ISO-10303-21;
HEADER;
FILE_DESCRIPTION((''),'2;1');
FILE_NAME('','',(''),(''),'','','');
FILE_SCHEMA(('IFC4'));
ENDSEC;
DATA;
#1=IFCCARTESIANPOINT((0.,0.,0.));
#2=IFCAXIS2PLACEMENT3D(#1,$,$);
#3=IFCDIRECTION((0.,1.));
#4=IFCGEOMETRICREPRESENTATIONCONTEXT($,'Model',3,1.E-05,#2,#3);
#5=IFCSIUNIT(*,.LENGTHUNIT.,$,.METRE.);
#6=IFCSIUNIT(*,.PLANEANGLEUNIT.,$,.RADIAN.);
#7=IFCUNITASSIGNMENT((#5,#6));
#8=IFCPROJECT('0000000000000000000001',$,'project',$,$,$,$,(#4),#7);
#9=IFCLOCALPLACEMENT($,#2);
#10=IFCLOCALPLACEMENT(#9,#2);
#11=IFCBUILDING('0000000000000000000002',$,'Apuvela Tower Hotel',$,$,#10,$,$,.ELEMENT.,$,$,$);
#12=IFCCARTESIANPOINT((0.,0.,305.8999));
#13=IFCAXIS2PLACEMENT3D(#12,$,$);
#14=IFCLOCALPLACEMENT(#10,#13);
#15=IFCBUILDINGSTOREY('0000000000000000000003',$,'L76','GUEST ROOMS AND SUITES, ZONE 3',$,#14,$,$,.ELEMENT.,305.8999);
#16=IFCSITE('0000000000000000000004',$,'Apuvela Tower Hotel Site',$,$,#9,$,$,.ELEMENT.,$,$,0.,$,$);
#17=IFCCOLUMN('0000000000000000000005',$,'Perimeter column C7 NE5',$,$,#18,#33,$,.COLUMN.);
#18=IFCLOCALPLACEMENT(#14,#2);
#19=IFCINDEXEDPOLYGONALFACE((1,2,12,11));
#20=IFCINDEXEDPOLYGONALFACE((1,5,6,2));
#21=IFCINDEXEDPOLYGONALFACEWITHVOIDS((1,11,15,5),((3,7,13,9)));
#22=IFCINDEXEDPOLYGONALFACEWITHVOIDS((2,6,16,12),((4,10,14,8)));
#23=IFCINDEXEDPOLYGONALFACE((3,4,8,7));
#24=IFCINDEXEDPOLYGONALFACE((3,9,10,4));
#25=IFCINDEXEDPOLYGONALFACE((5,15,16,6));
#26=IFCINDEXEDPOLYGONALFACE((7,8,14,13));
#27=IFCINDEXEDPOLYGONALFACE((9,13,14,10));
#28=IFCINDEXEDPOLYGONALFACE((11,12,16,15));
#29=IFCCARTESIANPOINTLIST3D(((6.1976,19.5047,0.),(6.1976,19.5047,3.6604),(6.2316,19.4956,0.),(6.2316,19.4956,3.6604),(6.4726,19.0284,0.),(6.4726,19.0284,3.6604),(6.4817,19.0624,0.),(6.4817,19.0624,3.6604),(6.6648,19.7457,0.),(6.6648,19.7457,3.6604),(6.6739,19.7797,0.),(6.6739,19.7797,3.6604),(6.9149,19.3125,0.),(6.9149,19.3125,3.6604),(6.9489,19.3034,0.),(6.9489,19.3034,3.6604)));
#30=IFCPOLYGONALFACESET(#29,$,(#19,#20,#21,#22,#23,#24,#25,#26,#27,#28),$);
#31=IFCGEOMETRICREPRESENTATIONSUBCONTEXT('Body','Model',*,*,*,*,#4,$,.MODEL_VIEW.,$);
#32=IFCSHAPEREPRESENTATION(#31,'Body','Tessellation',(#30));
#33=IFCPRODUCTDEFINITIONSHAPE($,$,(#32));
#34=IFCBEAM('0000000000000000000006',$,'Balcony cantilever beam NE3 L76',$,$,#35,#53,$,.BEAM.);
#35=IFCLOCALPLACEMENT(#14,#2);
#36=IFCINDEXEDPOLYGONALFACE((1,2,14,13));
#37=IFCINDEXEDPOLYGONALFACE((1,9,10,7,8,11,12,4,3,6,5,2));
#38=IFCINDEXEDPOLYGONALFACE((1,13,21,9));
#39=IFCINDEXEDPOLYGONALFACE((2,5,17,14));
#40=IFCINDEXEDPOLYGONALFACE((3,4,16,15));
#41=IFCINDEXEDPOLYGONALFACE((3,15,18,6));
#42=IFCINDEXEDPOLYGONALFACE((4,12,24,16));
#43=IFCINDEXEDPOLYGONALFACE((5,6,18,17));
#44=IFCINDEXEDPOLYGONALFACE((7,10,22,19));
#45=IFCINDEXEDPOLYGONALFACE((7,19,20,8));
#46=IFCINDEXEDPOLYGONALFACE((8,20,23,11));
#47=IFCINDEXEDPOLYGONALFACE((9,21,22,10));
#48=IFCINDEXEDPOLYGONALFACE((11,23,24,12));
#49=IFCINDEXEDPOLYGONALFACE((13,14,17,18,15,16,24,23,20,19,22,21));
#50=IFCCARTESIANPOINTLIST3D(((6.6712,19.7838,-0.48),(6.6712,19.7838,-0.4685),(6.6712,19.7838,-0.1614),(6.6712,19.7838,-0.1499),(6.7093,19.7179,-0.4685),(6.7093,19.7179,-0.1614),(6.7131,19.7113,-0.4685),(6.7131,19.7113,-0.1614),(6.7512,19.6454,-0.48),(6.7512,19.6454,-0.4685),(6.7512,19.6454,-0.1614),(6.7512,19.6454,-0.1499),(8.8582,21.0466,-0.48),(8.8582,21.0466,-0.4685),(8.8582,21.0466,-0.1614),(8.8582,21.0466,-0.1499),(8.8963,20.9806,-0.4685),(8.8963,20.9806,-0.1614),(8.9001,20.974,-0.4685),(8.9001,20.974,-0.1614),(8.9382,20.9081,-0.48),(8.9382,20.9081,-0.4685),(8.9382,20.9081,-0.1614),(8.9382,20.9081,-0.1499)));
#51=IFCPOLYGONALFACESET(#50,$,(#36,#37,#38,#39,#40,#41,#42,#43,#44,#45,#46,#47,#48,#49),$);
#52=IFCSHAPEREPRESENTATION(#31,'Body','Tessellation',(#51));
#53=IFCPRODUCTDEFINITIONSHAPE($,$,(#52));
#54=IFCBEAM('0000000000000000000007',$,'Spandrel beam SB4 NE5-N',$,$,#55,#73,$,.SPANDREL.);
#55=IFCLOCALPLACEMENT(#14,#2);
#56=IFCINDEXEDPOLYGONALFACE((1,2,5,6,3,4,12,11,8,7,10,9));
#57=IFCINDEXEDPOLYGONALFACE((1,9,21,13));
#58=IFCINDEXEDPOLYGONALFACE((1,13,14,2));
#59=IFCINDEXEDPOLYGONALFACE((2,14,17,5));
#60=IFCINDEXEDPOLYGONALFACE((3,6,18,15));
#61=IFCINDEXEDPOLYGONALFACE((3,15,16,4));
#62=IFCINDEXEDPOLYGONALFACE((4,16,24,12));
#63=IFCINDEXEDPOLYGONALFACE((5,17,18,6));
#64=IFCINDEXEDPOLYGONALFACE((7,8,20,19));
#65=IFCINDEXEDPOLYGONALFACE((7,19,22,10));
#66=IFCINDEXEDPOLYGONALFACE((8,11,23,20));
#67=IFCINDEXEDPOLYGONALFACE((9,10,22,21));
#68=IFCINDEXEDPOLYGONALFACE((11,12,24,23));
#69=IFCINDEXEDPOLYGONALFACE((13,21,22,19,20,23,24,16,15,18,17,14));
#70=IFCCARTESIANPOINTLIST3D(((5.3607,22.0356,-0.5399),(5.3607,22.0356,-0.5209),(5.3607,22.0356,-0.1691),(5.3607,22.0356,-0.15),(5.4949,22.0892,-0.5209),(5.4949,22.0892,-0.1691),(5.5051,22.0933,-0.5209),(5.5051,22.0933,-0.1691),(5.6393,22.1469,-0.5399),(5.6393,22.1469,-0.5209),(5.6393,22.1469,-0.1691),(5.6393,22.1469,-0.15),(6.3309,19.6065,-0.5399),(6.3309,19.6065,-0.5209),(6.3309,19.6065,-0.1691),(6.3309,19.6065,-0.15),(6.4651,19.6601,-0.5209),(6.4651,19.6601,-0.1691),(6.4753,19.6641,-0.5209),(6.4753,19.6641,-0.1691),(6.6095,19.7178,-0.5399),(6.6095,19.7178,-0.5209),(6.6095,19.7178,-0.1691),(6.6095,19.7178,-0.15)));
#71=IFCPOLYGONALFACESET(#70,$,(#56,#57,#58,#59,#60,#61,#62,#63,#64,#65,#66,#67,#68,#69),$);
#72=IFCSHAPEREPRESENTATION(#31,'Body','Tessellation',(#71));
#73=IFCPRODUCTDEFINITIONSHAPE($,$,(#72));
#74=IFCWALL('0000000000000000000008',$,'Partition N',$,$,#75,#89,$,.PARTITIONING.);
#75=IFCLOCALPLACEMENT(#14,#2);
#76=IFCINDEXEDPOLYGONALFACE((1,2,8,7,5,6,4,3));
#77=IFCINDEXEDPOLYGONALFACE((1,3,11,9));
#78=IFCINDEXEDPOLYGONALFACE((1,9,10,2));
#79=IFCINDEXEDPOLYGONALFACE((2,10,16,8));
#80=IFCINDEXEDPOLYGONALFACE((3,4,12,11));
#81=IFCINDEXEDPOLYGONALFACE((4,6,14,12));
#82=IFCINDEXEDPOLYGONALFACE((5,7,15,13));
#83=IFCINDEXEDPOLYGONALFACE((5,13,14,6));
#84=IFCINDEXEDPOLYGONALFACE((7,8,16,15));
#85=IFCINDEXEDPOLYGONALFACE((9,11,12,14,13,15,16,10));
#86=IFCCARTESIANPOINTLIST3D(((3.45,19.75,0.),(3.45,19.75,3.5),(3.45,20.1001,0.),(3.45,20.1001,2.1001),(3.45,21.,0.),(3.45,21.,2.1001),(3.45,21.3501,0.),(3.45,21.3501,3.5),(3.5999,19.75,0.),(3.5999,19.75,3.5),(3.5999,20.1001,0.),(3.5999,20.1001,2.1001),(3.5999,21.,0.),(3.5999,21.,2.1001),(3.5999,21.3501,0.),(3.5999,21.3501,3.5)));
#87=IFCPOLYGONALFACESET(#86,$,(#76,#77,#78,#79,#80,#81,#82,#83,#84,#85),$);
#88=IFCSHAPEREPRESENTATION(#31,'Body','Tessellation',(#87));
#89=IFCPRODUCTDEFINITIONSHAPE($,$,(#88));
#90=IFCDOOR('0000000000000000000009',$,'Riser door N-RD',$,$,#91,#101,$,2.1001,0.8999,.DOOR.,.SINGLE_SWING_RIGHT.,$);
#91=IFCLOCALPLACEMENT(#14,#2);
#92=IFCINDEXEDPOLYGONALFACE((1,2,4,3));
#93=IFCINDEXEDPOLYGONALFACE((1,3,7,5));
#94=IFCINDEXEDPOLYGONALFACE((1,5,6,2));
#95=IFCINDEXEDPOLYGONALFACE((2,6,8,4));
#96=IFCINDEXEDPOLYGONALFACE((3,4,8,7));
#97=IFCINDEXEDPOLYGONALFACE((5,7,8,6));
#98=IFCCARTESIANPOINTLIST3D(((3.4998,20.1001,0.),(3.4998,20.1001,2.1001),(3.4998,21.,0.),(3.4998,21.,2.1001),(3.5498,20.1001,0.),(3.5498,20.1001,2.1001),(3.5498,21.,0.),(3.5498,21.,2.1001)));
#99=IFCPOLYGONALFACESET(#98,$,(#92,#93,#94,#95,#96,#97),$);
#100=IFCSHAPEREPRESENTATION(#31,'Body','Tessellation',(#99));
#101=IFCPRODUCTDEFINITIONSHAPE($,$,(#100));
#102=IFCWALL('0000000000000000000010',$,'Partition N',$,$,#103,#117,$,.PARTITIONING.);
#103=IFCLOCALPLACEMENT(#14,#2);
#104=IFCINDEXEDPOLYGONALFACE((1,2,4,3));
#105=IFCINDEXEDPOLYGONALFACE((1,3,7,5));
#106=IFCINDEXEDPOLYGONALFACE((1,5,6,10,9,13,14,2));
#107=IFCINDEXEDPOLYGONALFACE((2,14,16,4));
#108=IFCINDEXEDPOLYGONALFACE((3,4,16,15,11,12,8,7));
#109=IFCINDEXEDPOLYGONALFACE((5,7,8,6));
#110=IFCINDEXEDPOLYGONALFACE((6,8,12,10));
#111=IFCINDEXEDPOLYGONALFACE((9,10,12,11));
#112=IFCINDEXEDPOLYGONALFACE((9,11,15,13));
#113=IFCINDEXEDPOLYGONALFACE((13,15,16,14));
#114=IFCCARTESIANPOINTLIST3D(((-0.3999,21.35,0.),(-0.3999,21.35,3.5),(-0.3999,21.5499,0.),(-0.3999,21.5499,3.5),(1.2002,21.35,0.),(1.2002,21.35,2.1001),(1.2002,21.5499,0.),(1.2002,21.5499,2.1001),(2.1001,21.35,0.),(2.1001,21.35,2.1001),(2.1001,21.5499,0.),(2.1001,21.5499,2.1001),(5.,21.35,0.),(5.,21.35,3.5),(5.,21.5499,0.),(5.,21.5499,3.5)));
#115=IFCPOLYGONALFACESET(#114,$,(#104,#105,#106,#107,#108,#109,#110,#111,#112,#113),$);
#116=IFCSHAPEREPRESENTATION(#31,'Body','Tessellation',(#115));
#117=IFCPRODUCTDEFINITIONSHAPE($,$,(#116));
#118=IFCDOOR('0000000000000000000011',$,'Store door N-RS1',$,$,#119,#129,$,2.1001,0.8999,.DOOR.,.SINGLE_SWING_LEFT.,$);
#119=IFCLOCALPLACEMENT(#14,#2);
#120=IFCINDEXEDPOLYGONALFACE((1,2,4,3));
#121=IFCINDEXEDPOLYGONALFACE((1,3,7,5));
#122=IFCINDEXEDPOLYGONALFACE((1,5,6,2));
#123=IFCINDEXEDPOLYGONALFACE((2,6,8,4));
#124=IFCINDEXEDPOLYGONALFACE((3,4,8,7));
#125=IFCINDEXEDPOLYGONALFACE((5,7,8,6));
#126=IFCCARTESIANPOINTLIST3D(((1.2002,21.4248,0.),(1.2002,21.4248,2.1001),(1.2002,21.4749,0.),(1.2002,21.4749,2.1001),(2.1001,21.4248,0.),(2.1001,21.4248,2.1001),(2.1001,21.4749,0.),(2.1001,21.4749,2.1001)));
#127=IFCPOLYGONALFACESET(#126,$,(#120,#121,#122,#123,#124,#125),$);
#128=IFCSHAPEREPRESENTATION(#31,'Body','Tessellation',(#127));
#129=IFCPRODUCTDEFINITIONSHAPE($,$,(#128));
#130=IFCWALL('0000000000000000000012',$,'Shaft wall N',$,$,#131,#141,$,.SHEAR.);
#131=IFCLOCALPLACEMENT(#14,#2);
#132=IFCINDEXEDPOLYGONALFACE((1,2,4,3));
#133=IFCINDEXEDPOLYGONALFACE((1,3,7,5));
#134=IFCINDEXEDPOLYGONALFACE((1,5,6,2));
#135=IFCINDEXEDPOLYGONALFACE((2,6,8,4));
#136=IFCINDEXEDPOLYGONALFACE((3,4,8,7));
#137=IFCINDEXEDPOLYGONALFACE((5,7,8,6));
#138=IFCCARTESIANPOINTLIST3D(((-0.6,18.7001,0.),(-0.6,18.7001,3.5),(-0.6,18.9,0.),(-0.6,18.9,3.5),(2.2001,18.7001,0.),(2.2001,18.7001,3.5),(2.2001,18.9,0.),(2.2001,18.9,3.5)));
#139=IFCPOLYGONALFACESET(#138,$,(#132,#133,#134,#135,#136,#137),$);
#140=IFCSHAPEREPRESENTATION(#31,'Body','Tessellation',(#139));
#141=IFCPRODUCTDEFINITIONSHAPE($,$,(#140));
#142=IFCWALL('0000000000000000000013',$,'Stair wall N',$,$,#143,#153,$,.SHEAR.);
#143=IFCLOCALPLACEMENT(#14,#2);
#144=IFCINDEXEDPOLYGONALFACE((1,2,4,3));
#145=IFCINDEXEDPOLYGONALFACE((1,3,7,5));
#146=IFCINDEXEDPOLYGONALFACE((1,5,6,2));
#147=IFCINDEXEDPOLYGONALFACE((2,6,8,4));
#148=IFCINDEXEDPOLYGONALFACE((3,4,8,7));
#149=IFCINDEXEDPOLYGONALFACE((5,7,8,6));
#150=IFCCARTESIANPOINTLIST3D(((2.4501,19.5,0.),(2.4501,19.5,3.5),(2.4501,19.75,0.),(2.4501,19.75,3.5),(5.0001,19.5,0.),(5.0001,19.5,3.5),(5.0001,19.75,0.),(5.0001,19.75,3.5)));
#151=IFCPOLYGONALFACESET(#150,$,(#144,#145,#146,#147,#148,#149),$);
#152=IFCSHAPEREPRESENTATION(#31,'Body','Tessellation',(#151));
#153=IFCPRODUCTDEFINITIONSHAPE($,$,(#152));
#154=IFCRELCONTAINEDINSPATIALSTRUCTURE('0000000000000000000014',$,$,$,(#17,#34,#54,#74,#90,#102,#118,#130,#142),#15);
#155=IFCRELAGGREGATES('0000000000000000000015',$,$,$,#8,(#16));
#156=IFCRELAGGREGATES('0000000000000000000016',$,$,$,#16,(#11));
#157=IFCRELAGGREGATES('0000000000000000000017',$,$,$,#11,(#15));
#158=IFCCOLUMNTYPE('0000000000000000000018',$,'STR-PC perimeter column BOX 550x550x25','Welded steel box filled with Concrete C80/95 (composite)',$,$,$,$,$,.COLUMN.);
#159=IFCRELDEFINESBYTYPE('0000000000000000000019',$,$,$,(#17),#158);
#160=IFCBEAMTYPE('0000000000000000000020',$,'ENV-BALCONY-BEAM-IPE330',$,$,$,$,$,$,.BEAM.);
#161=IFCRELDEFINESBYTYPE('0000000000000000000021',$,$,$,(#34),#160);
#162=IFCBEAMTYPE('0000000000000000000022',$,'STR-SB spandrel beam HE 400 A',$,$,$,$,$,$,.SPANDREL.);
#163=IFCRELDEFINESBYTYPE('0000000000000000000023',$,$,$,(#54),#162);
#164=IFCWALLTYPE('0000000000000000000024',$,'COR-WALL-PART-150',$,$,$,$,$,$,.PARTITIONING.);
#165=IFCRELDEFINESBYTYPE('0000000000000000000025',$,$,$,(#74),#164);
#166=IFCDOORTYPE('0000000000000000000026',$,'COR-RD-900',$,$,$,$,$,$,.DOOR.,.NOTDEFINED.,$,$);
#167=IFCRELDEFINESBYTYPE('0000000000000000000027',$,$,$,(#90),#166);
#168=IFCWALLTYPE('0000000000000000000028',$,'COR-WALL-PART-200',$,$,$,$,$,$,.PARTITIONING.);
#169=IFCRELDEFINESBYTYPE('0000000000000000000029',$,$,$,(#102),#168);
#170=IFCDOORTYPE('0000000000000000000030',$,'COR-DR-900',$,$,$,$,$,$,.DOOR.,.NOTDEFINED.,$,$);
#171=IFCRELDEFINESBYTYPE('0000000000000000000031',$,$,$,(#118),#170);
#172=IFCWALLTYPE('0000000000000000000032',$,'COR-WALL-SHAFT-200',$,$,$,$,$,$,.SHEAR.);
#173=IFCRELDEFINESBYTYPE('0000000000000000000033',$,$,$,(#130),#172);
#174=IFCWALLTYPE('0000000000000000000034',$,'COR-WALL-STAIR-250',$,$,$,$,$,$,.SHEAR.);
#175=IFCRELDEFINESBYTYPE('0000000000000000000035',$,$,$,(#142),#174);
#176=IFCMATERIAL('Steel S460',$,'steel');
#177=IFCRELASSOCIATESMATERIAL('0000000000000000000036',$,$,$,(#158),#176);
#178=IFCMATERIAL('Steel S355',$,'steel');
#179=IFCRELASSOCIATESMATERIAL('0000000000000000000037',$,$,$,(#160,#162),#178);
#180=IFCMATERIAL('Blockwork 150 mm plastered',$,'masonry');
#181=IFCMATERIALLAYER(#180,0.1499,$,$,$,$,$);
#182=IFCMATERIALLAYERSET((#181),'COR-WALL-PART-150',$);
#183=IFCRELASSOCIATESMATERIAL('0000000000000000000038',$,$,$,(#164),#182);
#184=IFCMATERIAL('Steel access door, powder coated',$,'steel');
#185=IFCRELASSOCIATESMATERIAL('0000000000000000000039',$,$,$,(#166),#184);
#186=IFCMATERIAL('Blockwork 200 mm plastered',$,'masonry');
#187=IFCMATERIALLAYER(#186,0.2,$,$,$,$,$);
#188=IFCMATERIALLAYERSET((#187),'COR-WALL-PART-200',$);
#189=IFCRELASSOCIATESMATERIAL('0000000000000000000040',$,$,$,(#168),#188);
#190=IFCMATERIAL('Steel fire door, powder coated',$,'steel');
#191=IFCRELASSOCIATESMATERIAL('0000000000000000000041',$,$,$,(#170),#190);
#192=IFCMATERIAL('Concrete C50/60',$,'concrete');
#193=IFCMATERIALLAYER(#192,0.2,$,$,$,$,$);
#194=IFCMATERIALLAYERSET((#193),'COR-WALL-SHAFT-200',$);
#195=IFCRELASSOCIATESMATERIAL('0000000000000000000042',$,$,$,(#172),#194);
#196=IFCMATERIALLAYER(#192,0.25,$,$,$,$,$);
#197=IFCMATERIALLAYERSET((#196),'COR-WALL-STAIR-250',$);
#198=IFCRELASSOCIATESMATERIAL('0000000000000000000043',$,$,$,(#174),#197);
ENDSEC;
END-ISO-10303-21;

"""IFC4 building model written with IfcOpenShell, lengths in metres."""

from ifc_helpers import new_model, si_unit, direction, frame, frame_2d, origin, origin_2d, place, context, subcontext, project, spatial, rectangle, hollow_rectangle, i_section, extrude, boolean, halfspace, material, layer, layer_set, material_profile, profile_set, type_object, element, fill, save


model = new_model("IFC4")

# Units and contexts
model_context = context("Model", 3, precision=1e-05, world=origin(), true_north=direction((0.0, 1.0)))
body_context = subcontext(model_context, "Body", "Model", "MODEL_VIEW")
ifc_project = project(units=[si_unit("LENGTHUNIT", "METRE"), si_unit("PLANEANGLEUNIT", "RADIAN")], contexts=[model_context])

# Site, building, storey
site_placement = place(None, origin())
site = spatial("IfcSite", under=ifc_project, at=site_placement, Name="Apuvela Tower Hotel Site", CompositionType="ELEMENT", RefElevation=0.0)
building_placement = place(site_placement, origin())
building = spatial("IfcBuilding", under=site, at=building_placement, Name="Apuvela Tower Hotel", CompositionType="ELEMENT")
storey_placement = place(building_placement, frame((0.0, 0.0, 305.8999)))
storey = spatial("IfcBuildingStorey", under=building, at=storey_placement, Name="L76", Description="GUEST ROOMS AND SUITES, ZONE 3", CompositionType="ELEMENT", Elevation=305.8999)

# Column
ifc_material_1 = material(Name="Steel S460", Category="steel")
ifc_material_profile_1 = material_profile(ifc_material_1, hollow_rectangle(XDim=0.55, YDim=0.55, WallThickness=0.0249, at=origin_2d()), Name="BOX 550x550x25")
ifc_material_2 = material(Name="Concrete C80/95", Category="concrete")
ifc_material_profile_2 = material_profile(ifc_material_2, rectangle(XDim=0.5, YDim=0.5, at=origin_2d()), Name="Concrete C80/95 infill")
ifc_profile_set_1 = profile_set([ifc_material_profile_1, ifc_material_profile_2], Name="Steel S460")
column_type = type_object("IfcColumnType", Name="STR-PC perimeter column BOX 550x550x25", Description="Welded steel box filled with Concrete C80/95 (composite)", PredefinedType="COLUMN", material=ifc_profile_set_1)
column_placement = place(storey_placement, frame((6.5732, 19.4041, 0.0), z_axis=(0.0, 0.0, 1.0), x_axis=(-0.5, 0.866025, 0.0)))
element("IfcColumn", 1, at=column_placement, inside=storey, type_object=column_type, Name="Perimeter column C7 NE5", PredefinedType="COLUMN", context=body_context, shape_type="SweptSolid", body=[
    boolean("DIFFERENCE", extrude(hollow_rectangle(XDim=0.55, YDim=0.55, WallThickness=0.0249, at=origin_2d()), origin(), (0.0, 0.0, 1.0), 3.7002), halfspace(frame((0.0, 0.0, 3.6604), z_axis=(0.0, 0.0, 1.0), x_axis=(1.0, 0.0, 0.0)), False)),
])

# Beams
ifc_material_3 = material(Name="Steel S355", Category="steel")
ifc_material_profile_3 = material_profile(ifc_material_3, i_section(OverallWidth=0.1599, OverallDepth=0.3301, WebThickness=0.0076, FlangeThickness=0.0115, at=origin_2d()), Name="IPE 330")
ifc_profile_set_2 = profile_set([ifc_material_profile_3], Name="Steel S355")
beam_type_1 = type_object("IfcBeamType", Name="ENV-BALCONY-BEAM-IPE330", PredefinedType="BEAM", material=ifc_profile_set_2)
beam_1_placement = place(storey_placement, frame((6.7112, 19.7146, -0.3149), z_axis=(0.866021, 0.500007, 0.0), x_axis=(-0.500007, 0.866021, 0.0)))
element("IfcBeam", 2, at=beam_1_placement, inside=storey, type_object=beam_type_1, Name="Balcony cantilever beam NE3 L76", PredefinedType="BEAM", context=body_context, shape_type="SweptSolid", body=[
    extrude(i_section(OverallWidth=0.1599, OverallDepth=0.3301, WebThickness=0.0076, FlangeThickness=0.0115, at=origin_2d()), origin(), (0.0, 0.0, 1.0), 2.5254),
])
ifc_material_profile_4 = material_profile(ifc_material_3, i_section(OverallWidth=0.3, OverallDepth=0.3899, WebThickness=0.011, FlangeThickness=0.019, at=origin_2d()), Name="HE 400 A")
ifc_profile_set_3 = profile_set([ifc_material_profile_4], Name="Steel S355")
beam_type_2 = type_object("IfcBeamType", Name="STR-SB spandrel beam HE 400 A", PredefinedType="SPANDREL", material=ifc_profile_set_3)
beam_2_placement = place(storey_placement, frame((6.4702, 19.6621, -0.345), z_axis=(-0.370908, 0.92867, 0.0), x_axis=(-0.92867, -0.370908, 0.0)))
element("IfcBeam", 3, at=beam_2_placement, inside=storey, type_object=beam_type_2, Name="Spandrel beam SB4 NE5-N", PredefinedType="SPANDREL", context=body_context, shape_type="SweptSolid", body=[
    extrude(i_section(OverallWidth=0.3, OverallDepth=0.3899, WebThickness=0.011, FlangeThickness=0.019, at=origin_2d()), origin(), (0.0, 0.0, 1.0), 2.6157),
])

# Walls, openings, doors
ifc_material_4 = material(Name="Blockwork 150 mm plastered", Category="masonry")
ifc_layer_1 = layer(ifc_material_4, 0.1499)
ifc_layer_set_1 = layer_set([ifc_layer_1], Name="COR-WALL-PART-150")
wall_type_1 = type_object("IfcWallType", Name="COR-WALL-PART-150", PredefinedType="PARTITIONING", material=ifc_layer_set_1)
wall_1_placement = place(storey_placement, frame((3.5249, 19.75, 0.0), z_axis=(0.0, 0.0, 1.0), x_axis=(0.0, 1.0, 0.0)))
wall_1 = element("IfcWall", 4, at=wall_1_placement, inside=storey, type_object=wall_type_1, Name="Partition N", PredefinedType="PARTITIONING", context=body_context, shape_type="SweptSolid", body=[
    extrude(rectangle(XDim=1.6001, YDim=0.1499, at=frame_2d((0.8, 0.0))), origin(), (0.0, 0.0, 1.0), 3.5),
])
opening_1_placement = place(wall_1_placement, frame((0.3501, 0.0, 0.0)))
opening_1 = element("IfcOpeningElement", 5, at=opening_1_placement, cuts=wall_1, PredefinedType="OPENING", context=body_context, shape_type="SweptSolid", body=[
    extrude(rectangle(XDim=0.8999, YDim=2.1001, at=frame_2d((0.45, 1.05))), frame((0.0, 0.085, 0.0), z_axis=(0.0, -1.0, 0.0), x_axis=(1.0, 0.0, 0.0)), (0.0, 0.0, 1.0), 0.1699),
])
ifc_material_5 = material(Name="Steel access door, powder coated", Category="steel")
door_type_1 = type_object("IfcDoorType", Name="COR-RD-900", OperationType="NOTDEFINED", PredefinedType="DOOR", material=ifc_material_5)
door_1_placement = place(opening_1_placement, frame((0.8999, 0.0, 0.0), z_axis=(0.0, 0.0, 1.0), x_axis=(-1.0, 0.0, 0.0)))
door_1 = element("IfcDoor", 6, at=door_1_placement, inside=storey, type_object=door_type_1, Name="Riser door N-RD", OperationType="SINGLE_SWING_RIGHT", OverallHeight=2.1001, OverallWidth=0.8999, PredefinedType="DOOR", context=body_context, shape_type="SweptSolid", body=[
    extrude(rectangle(XDim=0.8999, YDim=2.1001, at=frame_2d((0.45, 1.05))), frame((0.0, 0.0249, 0.0), z_axis=(0.0, -1.0, 0.0), x_axis=(1.0, 0.0, 0.0)), (0.0, 0.0, 1.0), 0.05),
])
fill(opening_1, door_1)
ifc_material_6 = material(Name="Blockwork 200 mm plastered", Category="masonry")
ifc_layer_2 = layer(ifc_material_6, 0.2)
ifc_layer_set_2 = layer_set([ifc_layer_2], Name="COR-WALL-PART-200")
wall_type_2 = type_object("IfcWallType", Name="COR-WALL-PART-200", PredefinedType="PARTITIONING", material=ifc_layer_set_2)
wall_2_placement = place(storey_placement, frame((5.0, 21.45, 0.0), z_axis=(0.0, 0.0, 1.0), x_axis=(-1.0, 0.0, 0.0)))
wall_2 = element("IfcWall", 7, at=wall_2_placement, inside=storey, type_object=wall_type_2, Name="Partition N", PredefinedType="PARTITIONING", context=body_context, shape_type="SweptSolid", body=[
    extrude(rectangle(XDim=5.3999, YDim=0.2, at=frame_2d((2.7, 0.0))), origin(), (0.0, 0.0, 1.0), 3.5),
])
opening_2_placement = place(wall_2_placement, frame((2.8999, 0.0, 0.0)))
opening_2 = element("IfcOpeningElement", 8, at=opening_2_placement, cuts=wall_2, PredefinedType="OPENING", context=body_context, shape_type="SweptSolid", body=[
    extrude(rectangle(XDim=0.8999, YDim=2.1001, at=frame_2d((0.45, 1.05))), frame((0.0, 0.1099, 0.0), z_axis=(0.0, -1.0, 0.0), x_axis=(1.0, 0.0, 0.0)), (0.0, 0.0, 1.0), 0.22),
])
ifc_material_7 = material(Name="Steel fire door, powder coated", Category="steel")
door_type_2 = type_object("IfcDoorType", Name="COR-DR-900", OperationType="NOTDEFINED", PredefinedType="DOOR", material=ifc_material_7)
door_2_placement = place(opening_2_placement, frame((0.8999, 0.0, 0.0), z_axis=(0.0, 0.0, 1.0), x_axis=(-1.0, 0.0, 0.0)))
door_2 = element("IfcDoor", 9, at=door_2_placement, inside=storey, type_object=door_type_2, Name="Store door N-RS1", OperationType="SINGLE_SWING_LEFT", OverallHeight=2.1001, OverallWidth=0.8999, PredefinedType="DOOR", context=body_context, shape_type="SweptSolid", body=[
    extrude(rectangle(XDim=0.8999, YDim=2.1001, at=frame_2d((0.45, 1.05))), frame((0.0, 0.0249, 0.0), z_axis=(0.0, -1.0, 0.0), x_axis=(1.0, 0.0, 0.0)), (0.0, 0.0, 1.0), 0.05),
])
fill(opening_2, door_2)

# Walls
ifc_material_8 = material(Name="Concrete C50/60", Category="concrete")
ifc_layer_3 = layer(ifc_material_8, 0.2)
ifc_layer_set_3 = layer_set([ifc_layer_3], Name="COR-WALL-SHAFT-200")
wall_type_3 = type_object("IfcWallType", Name="COR-WALL-SHAFT-200", PredefinedType="SHEAR", material=ifc_layer_set_3)
wall_3_placement = place(storey_placement, frame((2.2, 18.8, 0.0), z_axis=(0.0, 0.0, 1.0), x_axis=(-1.0, 0.0, 0.0)))
element("IfcWall", 10, at=wall_3_placement, inside=storey, type_object=wall_type_3, Name="Shaft wall N", PredefinedType="SHEAR", context=body_context, shape_type="SweptSolid", body=[
    extrude(rectangle(XDim=2.8, YDim=0.2, at=frame_2d((1.3999, 0.0))), origin(), (0.0, 0.0, 1.0), 3.5),
])
ifc_layer_4 = layer(ifc_material_8, 0.25)
ifc_layer_set_4 = layer_set([ifc_layer_4], Name="COR-WALL-STAIR-250")
wall_type_4 = type_object("IfcWallType", Name="COR-WALL-STAIR-250", PredefinedType="SHEAR", material=ifc_layer_set_4)
wall_4_placement = place(storey_placement, frame((5.0, 19.625, 0.0), z_axis=(0.0, 0.0, 1.0), x_axis=(-1.0, 0.0, 0.0)))
element("IfcWall", 11, at=wall_4_placement, inside=storey, type_object=wall_type_4, Name="Stair wall N", PredefinedType="SHEAR", context=body_context, shape_type="SweptSolid", body=[
    extrude(rectangle(XDim=2.55, YDim=0.25, at=frame_2d((1.2749, 0.0))), origin(), (0.0, 0.0, 1.0), 3.5),
])

save(model, "model.ifc")
